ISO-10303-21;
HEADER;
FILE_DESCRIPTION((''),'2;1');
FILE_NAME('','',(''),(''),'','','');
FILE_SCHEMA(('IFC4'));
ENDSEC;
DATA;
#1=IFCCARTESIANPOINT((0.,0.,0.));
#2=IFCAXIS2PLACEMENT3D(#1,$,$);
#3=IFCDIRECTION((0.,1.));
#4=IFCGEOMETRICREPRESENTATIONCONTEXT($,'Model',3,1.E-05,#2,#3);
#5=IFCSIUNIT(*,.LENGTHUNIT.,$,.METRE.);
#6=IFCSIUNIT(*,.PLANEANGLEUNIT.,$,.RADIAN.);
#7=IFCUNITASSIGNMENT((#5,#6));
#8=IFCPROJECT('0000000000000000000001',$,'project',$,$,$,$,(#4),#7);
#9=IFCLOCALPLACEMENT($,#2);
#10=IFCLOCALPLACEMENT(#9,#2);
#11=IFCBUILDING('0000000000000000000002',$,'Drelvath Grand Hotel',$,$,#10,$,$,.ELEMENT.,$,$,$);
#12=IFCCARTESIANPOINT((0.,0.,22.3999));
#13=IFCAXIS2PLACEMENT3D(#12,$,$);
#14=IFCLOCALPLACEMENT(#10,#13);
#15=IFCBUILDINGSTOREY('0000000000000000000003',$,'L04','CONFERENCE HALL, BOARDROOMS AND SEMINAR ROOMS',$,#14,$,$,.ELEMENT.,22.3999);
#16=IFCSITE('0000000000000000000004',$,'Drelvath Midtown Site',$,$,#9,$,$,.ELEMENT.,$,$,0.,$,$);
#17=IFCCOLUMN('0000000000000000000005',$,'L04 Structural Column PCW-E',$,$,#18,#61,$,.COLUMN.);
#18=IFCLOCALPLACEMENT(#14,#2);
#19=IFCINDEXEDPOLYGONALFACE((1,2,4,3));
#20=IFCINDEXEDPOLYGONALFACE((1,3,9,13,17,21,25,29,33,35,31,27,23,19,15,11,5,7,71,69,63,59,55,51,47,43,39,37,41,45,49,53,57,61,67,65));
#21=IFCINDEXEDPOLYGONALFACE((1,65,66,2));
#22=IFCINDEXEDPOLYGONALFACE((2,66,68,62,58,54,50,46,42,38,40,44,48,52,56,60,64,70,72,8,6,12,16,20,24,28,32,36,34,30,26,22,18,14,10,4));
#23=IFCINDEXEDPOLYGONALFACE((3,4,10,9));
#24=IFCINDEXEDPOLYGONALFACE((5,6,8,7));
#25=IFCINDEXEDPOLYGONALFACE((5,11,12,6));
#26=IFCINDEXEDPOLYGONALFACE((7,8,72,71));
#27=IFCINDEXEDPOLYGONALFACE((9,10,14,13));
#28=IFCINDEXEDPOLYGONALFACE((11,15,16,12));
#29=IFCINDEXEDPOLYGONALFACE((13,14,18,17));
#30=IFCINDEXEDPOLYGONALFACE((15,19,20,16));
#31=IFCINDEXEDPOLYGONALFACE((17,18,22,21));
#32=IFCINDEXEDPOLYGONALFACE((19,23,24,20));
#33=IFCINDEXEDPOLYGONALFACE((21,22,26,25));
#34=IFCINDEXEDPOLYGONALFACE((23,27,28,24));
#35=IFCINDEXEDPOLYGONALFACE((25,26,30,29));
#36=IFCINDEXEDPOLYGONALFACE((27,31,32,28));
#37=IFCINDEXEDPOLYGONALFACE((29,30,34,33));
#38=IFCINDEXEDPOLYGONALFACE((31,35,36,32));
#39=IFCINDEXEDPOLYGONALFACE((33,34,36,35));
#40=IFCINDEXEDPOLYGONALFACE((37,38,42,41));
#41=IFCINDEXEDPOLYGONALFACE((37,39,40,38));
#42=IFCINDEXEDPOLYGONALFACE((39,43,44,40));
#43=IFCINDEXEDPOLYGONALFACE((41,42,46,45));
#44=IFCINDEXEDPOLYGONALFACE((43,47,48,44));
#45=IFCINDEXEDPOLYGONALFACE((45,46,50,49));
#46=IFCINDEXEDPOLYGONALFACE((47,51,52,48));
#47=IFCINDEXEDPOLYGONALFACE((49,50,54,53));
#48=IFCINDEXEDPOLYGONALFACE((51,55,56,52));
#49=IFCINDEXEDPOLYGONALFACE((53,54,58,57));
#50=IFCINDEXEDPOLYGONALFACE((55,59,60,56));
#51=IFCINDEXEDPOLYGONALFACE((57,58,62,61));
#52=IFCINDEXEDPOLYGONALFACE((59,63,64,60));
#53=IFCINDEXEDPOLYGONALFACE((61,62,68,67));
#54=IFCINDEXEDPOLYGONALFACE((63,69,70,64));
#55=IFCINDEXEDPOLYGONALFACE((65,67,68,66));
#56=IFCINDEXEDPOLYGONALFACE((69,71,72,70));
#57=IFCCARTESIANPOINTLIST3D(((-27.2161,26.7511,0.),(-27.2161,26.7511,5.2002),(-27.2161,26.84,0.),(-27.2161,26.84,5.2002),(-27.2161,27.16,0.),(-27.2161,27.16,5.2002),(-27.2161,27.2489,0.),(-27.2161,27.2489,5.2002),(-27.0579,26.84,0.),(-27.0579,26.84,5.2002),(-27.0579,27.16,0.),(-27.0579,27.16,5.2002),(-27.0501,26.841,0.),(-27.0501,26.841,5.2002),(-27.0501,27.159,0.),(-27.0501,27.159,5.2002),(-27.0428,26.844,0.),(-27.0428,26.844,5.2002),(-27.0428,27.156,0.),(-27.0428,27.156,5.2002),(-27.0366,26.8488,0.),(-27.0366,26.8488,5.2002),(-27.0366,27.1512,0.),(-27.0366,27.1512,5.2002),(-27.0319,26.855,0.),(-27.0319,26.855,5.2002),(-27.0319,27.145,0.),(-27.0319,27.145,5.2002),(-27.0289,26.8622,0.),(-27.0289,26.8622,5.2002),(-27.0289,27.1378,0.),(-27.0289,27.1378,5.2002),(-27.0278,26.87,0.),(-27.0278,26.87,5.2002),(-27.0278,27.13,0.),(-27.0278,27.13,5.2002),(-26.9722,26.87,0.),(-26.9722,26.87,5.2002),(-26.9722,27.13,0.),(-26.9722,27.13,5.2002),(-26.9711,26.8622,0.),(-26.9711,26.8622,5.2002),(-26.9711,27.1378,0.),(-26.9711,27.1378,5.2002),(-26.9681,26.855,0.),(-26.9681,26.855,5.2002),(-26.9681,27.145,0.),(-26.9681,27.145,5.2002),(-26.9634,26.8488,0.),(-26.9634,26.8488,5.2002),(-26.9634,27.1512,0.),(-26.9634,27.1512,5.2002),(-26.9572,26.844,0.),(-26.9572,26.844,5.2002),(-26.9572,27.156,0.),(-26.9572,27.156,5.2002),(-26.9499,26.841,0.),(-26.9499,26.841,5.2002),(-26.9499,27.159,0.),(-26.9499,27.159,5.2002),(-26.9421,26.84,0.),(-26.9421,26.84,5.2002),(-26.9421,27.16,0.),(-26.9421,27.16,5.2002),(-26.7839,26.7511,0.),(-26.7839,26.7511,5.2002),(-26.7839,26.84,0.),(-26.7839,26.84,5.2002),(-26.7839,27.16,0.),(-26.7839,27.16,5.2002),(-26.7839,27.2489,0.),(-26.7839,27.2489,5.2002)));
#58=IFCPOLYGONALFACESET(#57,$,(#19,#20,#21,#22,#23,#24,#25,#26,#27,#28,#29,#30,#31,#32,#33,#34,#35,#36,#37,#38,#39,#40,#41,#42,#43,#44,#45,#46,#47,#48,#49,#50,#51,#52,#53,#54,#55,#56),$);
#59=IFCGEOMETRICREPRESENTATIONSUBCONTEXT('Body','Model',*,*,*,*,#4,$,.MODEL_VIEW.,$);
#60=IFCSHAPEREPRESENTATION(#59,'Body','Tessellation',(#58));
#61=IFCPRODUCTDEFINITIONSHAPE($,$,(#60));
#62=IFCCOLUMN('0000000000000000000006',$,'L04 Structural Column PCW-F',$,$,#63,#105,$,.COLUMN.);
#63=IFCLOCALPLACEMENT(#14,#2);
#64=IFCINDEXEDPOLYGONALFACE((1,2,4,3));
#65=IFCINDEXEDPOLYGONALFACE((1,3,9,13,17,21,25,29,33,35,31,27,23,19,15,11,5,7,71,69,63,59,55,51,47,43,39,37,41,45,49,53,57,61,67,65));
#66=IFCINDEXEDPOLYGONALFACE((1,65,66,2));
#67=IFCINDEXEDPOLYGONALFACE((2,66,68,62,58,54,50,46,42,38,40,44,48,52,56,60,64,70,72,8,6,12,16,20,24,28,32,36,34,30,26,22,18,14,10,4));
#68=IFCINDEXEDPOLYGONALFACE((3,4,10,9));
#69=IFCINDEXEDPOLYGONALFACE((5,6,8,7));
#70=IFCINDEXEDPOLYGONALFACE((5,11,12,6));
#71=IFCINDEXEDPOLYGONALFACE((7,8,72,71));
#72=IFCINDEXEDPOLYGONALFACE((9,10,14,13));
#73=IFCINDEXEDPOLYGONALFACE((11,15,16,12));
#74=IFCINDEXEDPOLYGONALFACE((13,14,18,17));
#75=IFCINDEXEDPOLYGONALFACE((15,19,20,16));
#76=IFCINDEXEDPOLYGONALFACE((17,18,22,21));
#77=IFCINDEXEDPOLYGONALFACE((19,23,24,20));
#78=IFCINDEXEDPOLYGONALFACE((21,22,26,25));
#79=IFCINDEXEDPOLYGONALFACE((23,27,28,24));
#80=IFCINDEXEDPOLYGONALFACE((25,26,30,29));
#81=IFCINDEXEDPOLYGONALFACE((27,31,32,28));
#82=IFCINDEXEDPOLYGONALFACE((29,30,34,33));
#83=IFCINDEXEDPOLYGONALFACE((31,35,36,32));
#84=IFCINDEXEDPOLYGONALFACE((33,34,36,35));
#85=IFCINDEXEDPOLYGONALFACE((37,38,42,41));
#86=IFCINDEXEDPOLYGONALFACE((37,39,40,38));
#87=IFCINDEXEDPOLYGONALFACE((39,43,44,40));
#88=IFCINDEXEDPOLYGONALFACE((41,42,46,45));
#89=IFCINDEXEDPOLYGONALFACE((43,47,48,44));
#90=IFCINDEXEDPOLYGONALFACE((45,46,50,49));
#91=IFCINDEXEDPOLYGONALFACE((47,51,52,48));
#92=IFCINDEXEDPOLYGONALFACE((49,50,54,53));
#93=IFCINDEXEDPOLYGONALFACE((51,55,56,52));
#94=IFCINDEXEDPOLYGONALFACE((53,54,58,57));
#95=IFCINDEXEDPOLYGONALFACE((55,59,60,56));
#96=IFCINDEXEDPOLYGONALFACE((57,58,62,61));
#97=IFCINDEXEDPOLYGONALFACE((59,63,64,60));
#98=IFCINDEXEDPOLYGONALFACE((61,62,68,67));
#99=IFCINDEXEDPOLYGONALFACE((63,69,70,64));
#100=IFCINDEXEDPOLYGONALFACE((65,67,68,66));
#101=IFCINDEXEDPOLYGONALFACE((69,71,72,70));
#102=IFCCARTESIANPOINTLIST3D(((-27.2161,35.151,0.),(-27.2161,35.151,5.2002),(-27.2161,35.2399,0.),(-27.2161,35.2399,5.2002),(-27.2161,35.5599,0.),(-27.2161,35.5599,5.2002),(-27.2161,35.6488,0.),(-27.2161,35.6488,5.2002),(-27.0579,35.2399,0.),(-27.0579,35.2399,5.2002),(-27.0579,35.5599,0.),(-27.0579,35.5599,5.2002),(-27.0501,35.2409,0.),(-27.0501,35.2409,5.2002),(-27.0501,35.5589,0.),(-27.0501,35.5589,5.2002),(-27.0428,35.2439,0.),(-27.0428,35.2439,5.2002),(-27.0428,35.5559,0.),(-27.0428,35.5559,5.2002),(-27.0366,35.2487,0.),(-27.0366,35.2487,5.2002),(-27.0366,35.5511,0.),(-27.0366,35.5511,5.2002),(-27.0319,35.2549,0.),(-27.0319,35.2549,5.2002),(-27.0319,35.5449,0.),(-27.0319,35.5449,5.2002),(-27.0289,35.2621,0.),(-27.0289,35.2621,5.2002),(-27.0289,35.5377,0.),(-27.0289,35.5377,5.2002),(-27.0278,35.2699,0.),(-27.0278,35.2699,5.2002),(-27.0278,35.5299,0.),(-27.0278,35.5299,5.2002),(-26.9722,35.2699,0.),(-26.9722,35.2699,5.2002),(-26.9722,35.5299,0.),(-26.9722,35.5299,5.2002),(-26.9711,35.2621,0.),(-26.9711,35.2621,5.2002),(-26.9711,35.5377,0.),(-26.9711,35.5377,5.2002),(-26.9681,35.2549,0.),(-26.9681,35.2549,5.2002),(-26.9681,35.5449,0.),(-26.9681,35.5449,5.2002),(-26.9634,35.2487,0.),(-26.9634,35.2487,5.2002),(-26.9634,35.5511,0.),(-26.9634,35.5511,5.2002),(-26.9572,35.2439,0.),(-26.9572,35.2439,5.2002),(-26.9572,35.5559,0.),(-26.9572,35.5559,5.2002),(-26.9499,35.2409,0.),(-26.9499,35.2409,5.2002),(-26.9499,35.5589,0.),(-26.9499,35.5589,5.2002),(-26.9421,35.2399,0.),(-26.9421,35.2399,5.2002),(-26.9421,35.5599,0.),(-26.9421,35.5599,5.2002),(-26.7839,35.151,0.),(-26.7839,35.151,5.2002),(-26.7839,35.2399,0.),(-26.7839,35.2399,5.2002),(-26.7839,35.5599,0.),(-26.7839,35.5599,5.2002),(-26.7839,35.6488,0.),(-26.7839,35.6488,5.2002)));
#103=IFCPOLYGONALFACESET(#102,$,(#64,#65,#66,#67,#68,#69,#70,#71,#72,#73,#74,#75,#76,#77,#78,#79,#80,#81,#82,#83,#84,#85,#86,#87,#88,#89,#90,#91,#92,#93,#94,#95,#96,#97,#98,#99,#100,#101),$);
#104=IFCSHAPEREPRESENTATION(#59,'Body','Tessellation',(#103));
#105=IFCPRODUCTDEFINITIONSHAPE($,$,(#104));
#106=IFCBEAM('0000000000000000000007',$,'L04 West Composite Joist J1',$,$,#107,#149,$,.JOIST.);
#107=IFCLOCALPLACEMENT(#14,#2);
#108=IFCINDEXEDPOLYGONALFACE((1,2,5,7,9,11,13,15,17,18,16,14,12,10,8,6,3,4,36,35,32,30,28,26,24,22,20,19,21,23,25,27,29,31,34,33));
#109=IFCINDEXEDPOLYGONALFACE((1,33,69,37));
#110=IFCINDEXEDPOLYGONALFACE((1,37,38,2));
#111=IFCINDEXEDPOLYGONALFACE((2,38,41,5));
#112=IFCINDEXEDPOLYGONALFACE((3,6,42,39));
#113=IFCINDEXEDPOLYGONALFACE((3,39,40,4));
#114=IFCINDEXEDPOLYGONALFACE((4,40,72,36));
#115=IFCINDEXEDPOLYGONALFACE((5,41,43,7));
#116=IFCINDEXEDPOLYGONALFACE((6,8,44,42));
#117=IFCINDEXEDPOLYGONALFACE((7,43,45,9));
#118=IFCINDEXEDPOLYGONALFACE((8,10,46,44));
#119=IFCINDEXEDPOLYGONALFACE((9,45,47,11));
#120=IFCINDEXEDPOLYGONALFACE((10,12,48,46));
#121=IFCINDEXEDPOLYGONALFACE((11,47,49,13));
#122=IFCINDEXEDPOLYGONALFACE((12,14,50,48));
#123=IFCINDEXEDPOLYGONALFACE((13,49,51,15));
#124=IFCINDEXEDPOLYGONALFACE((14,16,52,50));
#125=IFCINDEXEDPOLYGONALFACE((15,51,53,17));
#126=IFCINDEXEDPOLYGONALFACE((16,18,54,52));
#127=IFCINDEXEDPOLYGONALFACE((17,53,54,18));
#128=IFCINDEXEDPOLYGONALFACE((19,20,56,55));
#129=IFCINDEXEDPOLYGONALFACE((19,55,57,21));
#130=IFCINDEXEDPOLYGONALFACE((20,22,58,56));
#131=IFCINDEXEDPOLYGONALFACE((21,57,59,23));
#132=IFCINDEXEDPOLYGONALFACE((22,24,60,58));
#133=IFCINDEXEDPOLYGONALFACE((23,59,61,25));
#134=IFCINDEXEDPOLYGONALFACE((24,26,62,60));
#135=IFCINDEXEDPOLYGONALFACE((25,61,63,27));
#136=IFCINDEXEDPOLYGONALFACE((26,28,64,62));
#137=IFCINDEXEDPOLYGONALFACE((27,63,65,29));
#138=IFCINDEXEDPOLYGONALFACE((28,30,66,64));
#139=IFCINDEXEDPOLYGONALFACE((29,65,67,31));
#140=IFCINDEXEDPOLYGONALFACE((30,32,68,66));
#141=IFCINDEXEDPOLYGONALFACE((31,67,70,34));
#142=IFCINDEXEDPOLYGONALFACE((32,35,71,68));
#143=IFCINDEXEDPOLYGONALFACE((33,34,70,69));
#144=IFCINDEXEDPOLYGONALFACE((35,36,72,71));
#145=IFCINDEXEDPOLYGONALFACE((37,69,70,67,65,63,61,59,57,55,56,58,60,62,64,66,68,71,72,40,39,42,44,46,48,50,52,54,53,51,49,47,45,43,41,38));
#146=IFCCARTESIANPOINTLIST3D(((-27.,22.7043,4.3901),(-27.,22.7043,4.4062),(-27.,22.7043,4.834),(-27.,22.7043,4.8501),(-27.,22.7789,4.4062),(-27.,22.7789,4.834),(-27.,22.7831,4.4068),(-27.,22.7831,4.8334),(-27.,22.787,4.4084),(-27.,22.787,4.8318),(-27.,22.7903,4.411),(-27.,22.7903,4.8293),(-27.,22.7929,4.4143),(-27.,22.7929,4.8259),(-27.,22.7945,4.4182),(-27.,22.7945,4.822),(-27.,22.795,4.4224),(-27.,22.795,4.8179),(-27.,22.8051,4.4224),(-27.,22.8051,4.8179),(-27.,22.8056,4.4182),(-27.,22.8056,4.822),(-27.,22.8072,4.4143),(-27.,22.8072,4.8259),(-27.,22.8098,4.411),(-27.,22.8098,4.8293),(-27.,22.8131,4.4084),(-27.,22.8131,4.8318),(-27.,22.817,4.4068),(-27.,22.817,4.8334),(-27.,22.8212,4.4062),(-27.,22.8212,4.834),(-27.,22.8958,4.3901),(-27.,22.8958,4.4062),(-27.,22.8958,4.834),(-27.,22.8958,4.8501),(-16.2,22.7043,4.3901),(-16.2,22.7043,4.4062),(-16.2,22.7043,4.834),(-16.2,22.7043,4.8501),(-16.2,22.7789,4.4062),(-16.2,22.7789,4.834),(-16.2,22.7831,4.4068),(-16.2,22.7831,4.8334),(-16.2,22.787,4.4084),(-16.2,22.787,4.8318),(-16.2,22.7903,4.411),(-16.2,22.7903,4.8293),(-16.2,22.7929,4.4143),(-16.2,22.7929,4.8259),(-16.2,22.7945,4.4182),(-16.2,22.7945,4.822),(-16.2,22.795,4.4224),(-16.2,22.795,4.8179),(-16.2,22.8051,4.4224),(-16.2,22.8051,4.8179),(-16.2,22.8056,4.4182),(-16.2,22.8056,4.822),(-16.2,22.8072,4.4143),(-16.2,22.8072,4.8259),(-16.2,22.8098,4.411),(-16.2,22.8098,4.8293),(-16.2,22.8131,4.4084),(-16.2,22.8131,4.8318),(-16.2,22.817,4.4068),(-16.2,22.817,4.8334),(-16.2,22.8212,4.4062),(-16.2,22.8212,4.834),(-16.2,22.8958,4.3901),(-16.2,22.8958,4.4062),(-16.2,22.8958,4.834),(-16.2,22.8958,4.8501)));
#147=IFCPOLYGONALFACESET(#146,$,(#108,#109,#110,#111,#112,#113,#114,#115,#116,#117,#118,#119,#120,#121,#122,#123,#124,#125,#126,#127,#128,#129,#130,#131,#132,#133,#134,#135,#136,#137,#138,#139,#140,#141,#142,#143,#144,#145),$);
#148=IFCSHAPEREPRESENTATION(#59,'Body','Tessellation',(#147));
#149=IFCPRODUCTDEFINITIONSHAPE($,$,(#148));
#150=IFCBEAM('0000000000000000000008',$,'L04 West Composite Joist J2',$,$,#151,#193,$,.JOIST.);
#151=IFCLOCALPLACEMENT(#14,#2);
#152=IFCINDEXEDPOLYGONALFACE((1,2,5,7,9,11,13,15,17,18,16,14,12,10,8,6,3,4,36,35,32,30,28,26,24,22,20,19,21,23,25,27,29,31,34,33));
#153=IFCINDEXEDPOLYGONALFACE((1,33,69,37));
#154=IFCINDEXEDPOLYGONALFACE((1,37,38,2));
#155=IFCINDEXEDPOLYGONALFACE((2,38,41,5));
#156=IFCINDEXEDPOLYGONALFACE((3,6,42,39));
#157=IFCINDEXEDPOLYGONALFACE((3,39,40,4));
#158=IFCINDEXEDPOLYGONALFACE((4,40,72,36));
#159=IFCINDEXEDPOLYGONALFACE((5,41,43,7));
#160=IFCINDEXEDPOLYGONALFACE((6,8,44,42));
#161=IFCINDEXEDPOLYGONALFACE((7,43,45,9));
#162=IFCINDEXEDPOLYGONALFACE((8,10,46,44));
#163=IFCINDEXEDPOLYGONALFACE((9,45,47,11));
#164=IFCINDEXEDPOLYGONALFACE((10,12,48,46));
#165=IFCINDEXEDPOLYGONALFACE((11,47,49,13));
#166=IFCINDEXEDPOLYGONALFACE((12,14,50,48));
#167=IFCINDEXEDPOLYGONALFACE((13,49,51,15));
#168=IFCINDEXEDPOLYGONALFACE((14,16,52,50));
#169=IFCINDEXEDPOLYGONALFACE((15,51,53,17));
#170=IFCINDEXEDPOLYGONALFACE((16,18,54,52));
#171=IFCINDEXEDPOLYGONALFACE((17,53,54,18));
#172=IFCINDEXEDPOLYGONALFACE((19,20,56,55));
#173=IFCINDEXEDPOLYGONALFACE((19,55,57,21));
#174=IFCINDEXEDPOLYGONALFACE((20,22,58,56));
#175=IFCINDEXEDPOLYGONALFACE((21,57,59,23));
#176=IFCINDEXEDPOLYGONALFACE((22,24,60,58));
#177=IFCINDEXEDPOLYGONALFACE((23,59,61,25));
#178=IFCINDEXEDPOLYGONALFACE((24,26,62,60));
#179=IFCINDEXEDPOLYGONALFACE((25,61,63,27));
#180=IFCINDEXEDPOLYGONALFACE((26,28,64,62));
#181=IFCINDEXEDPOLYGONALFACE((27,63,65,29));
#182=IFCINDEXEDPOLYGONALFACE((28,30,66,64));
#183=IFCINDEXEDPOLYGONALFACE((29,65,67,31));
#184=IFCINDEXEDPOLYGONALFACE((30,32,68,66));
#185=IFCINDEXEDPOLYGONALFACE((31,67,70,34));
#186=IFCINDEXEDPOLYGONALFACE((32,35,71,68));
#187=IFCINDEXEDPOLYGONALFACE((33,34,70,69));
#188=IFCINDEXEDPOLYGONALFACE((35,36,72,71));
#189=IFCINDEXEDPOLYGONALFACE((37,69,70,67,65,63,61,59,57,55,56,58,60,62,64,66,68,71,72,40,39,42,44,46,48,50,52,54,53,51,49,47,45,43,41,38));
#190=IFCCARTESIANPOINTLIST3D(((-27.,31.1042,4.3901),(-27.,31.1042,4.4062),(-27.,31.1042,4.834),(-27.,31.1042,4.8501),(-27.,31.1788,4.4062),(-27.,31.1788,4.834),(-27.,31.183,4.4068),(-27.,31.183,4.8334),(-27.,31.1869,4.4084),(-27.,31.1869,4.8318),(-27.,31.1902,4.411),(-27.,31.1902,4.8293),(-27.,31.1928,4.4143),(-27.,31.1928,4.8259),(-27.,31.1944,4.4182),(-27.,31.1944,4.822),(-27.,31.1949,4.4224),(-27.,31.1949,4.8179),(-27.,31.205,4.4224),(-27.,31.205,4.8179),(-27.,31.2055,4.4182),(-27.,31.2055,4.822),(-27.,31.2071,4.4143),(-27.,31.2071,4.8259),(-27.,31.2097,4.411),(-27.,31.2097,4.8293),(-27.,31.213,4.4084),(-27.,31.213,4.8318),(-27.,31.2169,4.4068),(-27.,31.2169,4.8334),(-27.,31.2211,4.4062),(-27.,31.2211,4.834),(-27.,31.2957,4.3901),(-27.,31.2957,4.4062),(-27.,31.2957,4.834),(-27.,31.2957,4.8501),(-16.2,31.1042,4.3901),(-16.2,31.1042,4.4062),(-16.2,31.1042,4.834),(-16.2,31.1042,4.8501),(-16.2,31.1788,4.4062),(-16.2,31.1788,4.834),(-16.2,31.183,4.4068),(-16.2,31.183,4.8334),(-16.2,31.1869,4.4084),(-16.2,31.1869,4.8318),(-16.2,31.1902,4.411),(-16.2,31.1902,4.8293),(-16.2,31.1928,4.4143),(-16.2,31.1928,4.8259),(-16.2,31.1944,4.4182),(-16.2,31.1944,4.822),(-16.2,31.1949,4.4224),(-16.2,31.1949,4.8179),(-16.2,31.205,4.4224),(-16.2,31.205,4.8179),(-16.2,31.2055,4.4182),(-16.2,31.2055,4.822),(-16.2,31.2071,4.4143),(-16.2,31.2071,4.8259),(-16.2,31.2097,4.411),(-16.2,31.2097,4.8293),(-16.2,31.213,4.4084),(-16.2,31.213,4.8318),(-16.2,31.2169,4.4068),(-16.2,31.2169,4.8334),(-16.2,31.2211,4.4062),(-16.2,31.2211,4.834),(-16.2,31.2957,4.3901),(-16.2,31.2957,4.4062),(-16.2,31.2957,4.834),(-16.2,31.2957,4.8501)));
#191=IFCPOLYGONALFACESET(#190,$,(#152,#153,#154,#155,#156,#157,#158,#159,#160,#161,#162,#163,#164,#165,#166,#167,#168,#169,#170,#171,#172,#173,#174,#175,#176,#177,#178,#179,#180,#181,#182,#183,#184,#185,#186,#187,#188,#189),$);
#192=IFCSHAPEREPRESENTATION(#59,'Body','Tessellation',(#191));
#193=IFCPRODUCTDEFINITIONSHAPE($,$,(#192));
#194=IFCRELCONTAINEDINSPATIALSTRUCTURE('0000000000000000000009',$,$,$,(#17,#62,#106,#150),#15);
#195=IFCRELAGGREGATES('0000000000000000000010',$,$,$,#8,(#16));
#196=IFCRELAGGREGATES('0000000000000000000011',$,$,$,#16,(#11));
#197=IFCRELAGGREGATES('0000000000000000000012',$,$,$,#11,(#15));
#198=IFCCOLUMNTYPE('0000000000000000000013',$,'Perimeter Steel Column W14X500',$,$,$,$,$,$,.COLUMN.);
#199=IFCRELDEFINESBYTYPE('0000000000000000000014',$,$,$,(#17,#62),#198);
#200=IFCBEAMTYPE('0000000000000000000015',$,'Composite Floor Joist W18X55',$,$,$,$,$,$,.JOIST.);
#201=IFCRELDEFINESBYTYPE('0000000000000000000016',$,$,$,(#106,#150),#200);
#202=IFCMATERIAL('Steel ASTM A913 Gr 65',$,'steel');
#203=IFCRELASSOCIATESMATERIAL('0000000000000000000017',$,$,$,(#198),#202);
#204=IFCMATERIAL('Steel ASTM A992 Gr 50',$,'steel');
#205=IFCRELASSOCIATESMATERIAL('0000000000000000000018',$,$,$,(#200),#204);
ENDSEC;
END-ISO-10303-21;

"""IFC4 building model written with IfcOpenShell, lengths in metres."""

from ifc_helpers import new_model, si_unit, direction, frame, origin, origin_2d, place, context, subcontext, project, spatial, i_section, extrude, material, material_profile, profile_set, type_object, element, save


model = new_model("IFC4")

# Units and contexts
model_context = context("Model", 3, precision=1e-05, world=origin(), true_north=direction((0.0, 1.0)))
body_context = subcontext(model_context, "Body", "Model", "MODEL_VIEW")
ifc_project = project(units=[si_unit("LENGTHUNIT", "METRE"), si_unit("PLANEANGLEUNIT", "RADIAN")], contexts=[model_context])

# Site, building, storey
site_placement = place(None, origin())
site = spatial("IfcSite", under=ifc_project, at=site_placement, Name="Drelvath Midtown Site", CompositionType="ELEMENT", RefElevation=0.0)
building_placement = place(site_placement, origin())
building = spatial("IfcBuilding", under=site, at=building_placement, Name="Drelvath Grand Hotel", CompositionType="ELEMENT")
storey_placement = place(building_placement, frame((0.0, 0.0, 22.3999)))
storey = spatial("IfcBuildingStorey", under=building, at=storey_placement, Name="L04", Description="CONFERENCE HALL, BOARDROOMS AND SEMINAR ROOMS", CompositionType="ELEMENT", Elevation=22.3999)

# Columns
ifc_material_1 = material(Name="Steel ASTM A913 Gr 65", Category="steel")
ifc_material_profile_1 = material_profile(ifc_material_1, i_section(OverallWidth=0.4321, OverallDepth=0.4978, WebThickness=0.0557, FlangeThickness=0.0889, FilletRadius=0.03, at=origin_2d()), Name="W14X500")
ifc_profile_set_1 = profile_set([ifc_material_profile_1], Name="Steel ASTM A913 Gr 65")
column_type = type_object("IfcColumnType", Name="Perimeter Steel Column W14X500", PredefinedType="COLUMN", material=ifc_profile_set_1)
for number, where, z_axis, x_axis, name in (
    (1, (-27.0, 27.0, 0.0), (0.0, 0.0, 1.0), (1.0, 0.0, 0.0), "L04 Structural Column PCW-E"),
    (2, (-27.0, 35.3999, 0.0), (0.0, 0.0, 1.0), (1.0, 0.0, 0.0), "L04 Structural Column PCW-F"),
):
    element("IfcColumn", number, at=place(storey_placement, frame(where, z_axis=z_axis, x_axis=x_axis)), inside=storey, type_object=column_type, Name=name, PredefinedType="COLUMN", context=body_context, shape_type="SweptSolid", body=[
        extrude(i_section(OverallWidth=0.4321, OverallDepth=0.4978, WebThickness=0.0557, FlangeThickness=0.0889, FilletRadius=0.03, at=origin_2d()), origin(), (0.0, 0.0, 1.0), 5.2002),
    ])

# Beams
ifc_material_2 = material(Name="Steel ASTM A992 Gr 50", Category="steel")
ifc_material_profile_2 = material_profile(ifc_material_2, i_section(OverallWidth=0.1914, OverallDepth=0.46, WebThickness=0.01, FlangeThickness=0.0161, FilletRadius=0.0161, at=origin_2d()), Name="W18X55")
ifc_profile_set_2 = profile_set([ifc_material_profile_2], Name="Steel ASTM A992 Gr 50")
beam_type_1 = type_object("IfcBeamType", Name="Composite Floor Joist W18X55", PredefinedType="JOIST", material=ifc_profile_set_2)
for number, where, z_axis, x_axis, name in (
    (3, (-27.0, 22.8, 4.6201), (1.0, 0.0, 0.0), (0.0, 1.0, 0.0), "L04 West Composite Joist J1"),
    (4, (-27.0, 31.2, 4.6201), (1.0, 0.0, 0.0), (0.0, 1.0, 0.0), "L04 West Composite Joist J2"),
):
    element("IfcBeam", number, at=place(storey_placement, frame(where, z_axis=z_axis, x_axis=x_axis)), inside=storey, type_object=beam_type_1, Name=name, PredefinedType="JOIST", context=body_context, shape_type="SweptSolid", body=[
        extrude(i_section(OverallWidth=0.1914, OverallDepth=0.46, WebThickness=0.01, FlangeThickness=0.0161, FilletRadius=0.0161, at=origin_2d()), origin(), (0.0, 0.0, 1.0), 10.8),
    ])

save(model, "model.ifc")
